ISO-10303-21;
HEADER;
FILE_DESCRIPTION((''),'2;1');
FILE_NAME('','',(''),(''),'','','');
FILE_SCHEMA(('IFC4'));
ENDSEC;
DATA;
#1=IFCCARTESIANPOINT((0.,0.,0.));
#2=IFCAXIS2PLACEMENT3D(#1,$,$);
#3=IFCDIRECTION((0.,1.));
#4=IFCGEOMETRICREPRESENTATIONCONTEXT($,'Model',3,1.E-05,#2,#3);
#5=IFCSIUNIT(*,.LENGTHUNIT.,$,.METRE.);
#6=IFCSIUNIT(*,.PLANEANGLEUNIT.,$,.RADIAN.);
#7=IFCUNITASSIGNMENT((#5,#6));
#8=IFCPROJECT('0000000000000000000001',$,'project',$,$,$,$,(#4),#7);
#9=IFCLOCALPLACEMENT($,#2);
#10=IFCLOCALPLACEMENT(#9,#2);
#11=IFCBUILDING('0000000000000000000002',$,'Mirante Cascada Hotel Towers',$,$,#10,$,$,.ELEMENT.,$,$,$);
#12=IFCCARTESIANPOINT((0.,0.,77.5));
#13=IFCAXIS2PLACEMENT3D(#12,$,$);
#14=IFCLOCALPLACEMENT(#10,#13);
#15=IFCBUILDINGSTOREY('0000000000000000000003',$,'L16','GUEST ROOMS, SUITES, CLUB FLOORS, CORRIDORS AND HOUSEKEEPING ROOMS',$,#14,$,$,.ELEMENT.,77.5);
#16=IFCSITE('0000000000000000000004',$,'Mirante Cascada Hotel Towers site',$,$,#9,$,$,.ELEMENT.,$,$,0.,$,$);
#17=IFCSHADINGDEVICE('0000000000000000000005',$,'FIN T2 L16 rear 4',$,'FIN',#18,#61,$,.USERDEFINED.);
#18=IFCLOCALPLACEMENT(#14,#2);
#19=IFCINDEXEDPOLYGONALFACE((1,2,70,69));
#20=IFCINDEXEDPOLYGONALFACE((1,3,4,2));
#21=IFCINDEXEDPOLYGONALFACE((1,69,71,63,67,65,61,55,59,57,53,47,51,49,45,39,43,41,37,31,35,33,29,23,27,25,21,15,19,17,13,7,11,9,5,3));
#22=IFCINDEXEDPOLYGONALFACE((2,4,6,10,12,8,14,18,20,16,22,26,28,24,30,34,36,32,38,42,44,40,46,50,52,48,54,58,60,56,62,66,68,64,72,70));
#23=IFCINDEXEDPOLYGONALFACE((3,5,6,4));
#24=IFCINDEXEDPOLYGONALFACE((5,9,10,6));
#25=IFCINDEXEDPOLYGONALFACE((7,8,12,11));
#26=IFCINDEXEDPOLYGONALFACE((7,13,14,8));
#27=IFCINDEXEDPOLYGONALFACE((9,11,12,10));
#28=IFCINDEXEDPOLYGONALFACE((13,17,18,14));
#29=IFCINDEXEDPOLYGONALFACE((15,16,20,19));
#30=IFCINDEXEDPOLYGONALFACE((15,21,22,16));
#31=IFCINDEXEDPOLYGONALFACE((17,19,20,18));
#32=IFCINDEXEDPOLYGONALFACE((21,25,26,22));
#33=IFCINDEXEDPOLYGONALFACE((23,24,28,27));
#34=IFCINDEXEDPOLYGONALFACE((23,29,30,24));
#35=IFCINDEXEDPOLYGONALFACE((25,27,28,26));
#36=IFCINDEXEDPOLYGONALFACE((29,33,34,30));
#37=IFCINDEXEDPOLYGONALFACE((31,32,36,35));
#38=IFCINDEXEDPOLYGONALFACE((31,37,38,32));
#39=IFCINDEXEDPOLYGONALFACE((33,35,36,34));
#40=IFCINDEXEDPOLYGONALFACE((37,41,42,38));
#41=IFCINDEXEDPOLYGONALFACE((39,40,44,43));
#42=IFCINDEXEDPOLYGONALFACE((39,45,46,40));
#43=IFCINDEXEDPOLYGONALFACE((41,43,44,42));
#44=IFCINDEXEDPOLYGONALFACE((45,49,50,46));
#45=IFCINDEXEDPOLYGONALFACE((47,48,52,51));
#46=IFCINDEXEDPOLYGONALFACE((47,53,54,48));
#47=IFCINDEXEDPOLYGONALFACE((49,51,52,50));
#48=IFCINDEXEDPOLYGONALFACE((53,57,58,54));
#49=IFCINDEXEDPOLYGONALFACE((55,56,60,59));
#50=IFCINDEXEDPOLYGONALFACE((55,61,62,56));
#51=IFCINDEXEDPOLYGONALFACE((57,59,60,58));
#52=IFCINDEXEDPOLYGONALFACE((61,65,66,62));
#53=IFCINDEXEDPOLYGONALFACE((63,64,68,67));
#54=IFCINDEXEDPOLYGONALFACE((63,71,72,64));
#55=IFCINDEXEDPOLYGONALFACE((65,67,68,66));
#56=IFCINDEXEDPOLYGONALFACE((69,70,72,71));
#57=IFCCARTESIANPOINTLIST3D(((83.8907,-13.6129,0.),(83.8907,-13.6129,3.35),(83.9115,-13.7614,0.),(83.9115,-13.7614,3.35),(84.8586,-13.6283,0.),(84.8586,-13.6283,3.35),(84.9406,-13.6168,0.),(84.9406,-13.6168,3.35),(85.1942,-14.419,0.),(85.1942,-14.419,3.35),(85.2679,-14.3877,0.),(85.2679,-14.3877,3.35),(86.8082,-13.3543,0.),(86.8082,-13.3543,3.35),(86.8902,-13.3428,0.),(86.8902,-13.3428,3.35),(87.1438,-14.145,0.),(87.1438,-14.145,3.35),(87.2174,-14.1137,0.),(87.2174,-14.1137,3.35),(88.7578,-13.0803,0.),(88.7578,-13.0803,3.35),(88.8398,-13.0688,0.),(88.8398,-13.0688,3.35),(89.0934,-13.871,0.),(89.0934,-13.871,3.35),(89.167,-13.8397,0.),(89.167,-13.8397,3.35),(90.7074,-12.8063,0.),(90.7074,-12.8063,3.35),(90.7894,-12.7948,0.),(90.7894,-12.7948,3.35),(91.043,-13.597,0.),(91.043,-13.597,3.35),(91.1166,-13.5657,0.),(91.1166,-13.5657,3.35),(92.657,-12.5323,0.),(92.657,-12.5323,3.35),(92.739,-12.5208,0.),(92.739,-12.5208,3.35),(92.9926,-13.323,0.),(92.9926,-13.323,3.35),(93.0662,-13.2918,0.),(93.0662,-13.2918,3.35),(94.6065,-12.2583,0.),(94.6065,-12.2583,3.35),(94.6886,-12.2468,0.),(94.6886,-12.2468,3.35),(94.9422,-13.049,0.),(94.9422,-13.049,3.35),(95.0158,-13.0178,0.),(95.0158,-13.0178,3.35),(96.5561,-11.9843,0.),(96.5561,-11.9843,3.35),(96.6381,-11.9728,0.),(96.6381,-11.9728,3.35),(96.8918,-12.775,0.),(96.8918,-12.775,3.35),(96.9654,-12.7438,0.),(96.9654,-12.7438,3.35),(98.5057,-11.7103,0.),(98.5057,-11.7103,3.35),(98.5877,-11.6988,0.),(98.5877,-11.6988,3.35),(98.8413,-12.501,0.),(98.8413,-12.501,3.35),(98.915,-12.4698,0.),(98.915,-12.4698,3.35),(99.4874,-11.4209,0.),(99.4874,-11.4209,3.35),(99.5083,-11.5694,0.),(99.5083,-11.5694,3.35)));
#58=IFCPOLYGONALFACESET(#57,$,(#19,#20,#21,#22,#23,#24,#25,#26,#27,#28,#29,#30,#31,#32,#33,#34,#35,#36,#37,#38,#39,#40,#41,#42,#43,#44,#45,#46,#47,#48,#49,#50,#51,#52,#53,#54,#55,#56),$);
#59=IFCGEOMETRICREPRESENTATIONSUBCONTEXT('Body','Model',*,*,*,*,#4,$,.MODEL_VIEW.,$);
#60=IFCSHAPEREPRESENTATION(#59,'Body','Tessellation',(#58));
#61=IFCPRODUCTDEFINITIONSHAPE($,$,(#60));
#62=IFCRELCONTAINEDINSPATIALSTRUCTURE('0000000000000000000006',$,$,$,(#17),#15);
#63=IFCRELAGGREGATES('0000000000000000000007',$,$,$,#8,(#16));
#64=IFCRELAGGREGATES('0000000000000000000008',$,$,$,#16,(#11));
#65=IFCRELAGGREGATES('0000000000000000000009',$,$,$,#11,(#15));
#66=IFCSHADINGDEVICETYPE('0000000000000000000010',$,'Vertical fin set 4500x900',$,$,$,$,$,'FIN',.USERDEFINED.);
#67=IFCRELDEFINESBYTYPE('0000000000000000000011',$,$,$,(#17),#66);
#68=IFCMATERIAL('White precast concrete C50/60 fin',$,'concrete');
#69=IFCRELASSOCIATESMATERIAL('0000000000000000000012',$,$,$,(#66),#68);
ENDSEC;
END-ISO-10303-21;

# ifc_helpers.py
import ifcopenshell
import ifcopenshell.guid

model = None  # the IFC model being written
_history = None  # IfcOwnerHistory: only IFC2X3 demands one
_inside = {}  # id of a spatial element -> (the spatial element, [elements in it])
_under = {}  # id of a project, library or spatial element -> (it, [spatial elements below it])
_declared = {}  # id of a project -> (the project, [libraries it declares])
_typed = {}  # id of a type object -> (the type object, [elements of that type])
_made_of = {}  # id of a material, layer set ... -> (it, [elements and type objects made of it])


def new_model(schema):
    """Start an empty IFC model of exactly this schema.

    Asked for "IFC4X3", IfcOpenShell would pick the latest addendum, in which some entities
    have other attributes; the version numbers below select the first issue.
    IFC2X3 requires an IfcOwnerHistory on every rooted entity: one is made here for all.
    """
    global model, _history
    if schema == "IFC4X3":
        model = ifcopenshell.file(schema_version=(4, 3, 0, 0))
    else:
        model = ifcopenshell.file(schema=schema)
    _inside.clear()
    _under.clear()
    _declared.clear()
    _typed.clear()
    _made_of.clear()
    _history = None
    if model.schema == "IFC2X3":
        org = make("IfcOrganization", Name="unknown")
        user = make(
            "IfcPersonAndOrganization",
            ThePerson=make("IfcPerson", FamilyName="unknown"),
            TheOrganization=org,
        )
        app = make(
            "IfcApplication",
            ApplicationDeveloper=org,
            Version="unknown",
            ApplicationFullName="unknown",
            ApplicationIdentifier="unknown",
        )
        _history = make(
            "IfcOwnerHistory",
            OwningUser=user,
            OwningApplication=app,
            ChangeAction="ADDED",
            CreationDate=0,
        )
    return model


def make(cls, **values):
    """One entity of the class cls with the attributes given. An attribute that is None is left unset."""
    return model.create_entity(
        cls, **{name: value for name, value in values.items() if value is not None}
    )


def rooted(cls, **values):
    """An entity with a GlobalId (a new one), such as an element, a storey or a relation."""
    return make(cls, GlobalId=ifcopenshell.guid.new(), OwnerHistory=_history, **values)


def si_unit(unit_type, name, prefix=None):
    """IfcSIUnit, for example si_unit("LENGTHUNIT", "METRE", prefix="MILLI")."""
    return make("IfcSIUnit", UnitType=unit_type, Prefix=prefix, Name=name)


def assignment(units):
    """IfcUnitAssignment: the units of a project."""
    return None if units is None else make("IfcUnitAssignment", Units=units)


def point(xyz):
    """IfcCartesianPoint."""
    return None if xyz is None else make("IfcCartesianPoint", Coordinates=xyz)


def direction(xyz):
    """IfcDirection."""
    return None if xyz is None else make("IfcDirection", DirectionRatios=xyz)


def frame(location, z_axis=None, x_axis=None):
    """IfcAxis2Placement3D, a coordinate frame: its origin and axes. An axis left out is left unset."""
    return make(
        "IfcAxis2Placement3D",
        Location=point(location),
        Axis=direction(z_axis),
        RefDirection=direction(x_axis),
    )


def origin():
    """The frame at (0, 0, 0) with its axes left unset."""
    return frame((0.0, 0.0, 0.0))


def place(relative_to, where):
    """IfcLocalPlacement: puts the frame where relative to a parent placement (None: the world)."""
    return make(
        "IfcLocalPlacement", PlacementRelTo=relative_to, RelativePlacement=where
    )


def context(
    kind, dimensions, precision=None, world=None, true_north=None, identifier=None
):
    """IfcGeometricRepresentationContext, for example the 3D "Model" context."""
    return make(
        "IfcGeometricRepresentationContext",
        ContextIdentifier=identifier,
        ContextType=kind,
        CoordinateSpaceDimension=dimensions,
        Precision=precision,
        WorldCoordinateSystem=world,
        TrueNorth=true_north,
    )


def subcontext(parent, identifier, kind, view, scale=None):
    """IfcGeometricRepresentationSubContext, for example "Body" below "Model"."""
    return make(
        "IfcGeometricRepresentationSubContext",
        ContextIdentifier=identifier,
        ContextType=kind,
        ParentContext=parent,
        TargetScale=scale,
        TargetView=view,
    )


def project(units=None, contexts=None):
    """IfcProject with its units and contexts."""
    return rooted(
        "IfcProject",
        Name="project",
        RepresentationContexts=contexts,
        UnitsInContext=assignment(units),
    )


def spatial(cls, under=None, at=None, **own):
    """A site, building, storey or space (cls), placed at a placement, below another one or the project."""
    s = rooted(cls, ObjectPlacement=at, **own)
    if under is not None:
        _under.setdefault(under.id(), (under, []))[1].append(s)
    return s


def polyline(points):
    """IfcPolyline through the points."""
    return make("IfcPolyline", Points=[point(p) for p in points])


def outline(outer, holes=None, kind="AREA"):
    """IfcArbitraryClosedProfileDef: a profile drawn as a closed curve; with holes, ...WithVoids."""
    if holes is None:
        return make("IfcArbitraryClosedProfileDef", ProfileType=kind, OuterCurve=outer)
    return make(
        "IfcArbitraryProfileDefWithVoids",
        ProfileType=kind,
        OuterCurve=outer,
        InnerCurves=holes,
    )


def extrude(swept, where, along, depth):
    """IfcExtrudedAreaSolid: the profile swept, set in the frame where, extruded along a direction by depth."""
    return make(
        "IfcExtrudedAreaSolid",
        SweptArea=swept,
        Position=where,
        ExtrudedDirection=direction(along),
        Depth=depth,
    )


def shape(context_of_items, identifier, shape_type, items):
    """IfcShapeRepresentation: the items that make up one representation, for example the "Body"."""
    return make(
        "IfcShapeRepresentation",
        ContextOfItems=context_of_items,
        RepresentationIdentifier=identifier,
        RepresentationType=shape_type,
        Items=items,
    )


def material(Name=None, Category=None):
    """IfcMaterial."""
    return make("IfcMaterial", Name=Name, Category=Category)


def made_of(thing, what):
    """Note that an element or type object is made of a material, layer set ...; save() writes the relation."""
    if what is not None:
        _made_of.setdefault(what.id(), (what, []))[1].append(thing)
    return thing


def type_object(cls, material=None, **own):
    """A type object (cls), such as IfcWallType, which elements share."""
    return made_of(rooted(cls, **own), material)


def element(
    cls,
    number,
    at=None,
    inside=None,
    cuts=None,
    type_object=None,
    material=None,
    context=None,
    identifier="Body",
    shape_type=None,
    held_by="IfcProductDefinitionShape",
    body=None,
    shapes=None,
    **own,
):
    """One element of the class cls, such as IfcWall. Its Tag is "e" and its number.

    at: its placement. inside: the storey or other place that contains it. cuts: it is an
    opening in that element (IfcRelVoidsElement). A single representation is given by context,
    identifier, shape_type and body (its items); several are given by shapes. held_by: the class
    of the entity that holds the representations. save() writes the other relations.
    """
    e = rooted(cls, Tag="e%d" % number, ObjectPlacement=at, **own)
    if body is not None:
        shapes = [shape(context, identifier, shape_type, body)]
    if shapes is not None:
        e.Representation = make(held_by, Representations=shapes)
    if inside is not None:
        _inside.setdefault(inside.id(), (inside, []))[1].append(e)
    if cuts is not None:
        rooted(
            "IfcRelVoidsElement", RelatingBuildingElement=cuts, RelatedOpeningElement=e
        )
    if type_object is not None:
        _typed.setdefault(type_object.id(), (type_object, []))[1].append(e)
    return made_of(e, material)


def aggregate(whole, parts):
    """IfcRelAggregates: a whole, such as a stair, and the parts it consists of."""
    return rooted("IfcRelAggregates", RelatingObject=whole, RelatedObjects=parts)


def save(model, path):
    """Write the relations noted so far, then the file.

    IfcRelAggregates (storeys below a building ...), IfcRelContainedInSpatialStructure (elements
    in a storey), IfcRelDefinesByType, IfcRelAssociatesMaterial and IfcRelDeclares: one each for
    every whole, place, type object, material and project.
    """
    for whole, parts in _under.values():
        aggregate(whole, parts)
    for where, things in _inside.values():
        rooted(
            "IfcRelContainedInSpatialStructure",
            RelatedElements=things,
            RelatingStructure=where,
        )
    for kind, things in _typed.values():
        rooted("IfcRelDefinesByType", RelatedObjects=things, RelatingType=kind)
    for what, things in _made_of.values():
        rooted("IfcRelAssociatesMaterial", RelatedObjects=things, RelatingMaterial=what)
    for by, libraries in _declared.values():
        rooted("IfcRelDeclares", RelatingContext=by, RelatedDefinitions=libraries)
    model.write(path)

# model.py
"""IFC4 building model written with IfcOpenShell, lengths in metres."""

from ifc_helpers import new_model, si_unit, direction, frame, origin, place, context, subcontext, project, spatial, polyline, outline, extrude, material, type_object, element, save


model = new_model("IFC4")

# Units and contexts
model_context = context("Model", 3, precision=1e-05, world=origin(), true_north=direction((0.0, 1.0)))
body_context = subcontext(model_context, "Body", "Model", "MODEL_VIEW")
ifc_project = project(units=[si_unit("LENGTHUNIT", "METRE"), si_unit("PLANEANGLEUNIT", "RADIAN")], contexts=[model_context])

# Site, building, storey
site_placement = place(None, origin())
site = spatial("IfcSite", under=ifc_project, at=site_placement, Name="Mirante Cascada Hotel Towers site", CompositionType="ELEMENT", RefElevation=0.0)
building_placement = place(site_placement, origin())
building = spatial("IfcBuilding", under=site, at=building_placement, Name="Mirante Cascada Hotel Towers", CompositionType="ELEMENT")
storey_placement = place(building_placement, frame((0.0, 0.0, 77.5)))
storey = spatial("IfcBuildingStorey", under=building, at=storey_placement, Name="L16", Description="GUEST ROOMS, SUITES, CLUB FLOORS, CORRIDORS AND HOUSEKEEPING ROOMS", CompositionType="ELEMENT", Elevation=77.5)

# Shading device
ifc_material_1 = material(Name="White precast concrete C50/60 fin", Category="concrete")
shading_device_type = type_object("IfcShadingDeviceType", Name="Vertical fin set 4500x900", ElementType="FIN", PredefinedType="USERDEFINED", material=ifc_material_1)
shading_device_1_placement = place(storey_placement, origin())
element("IfcShadingDevice", 1, at=shading_device_1_placement, inside=storey, type_object=shading_device_type, Name="FIN T2 L16 rear 4", ObjectType="FIN", PredefinedType="USERDEFINED", context=body_context, shape_type="SweptSolid", body=[
    extrude(outline(polyline([(85.1942, -14.419), (84.8586, -13.6283), (83.9115, -13.7614), (83.8907, -13.6129), (99.4874, -11.4209), (99.5083, -11.5694), (98.5877, -11.6988), (98.915, -12.4698), (98.8413, -12.501), (98.5057, -11.7103), (96.6381, -11.9728), (96.9654, -12.7438), (96.8918, -12.775), (96.5561, -11.9843), (94.6886, -12.2468), (95.0158, -13.0178), (94.9422, -13.049), (94.6065, -12.2583), (92.739, -12.5208), (93.0662, -13.2918), (92.9926, -13.323), (92.657, -12.5323), (90.7894, -12.7948), (91.1166, -13.5657), (91.043, -13.597), (90.7074, -12.8063), (88.8398, -13.0688), (89.167, -13.8397), (89.0934, -13.871), (88.7578, -13.0803), (86.8902, -13.3428), (87.2174, -14.1137), (87.1438, -14.145), (86.8082, -13.3543), (84.9406, -13.6168), (85.2679, -14.3877), (85.1942, -14.419)])), origin(), (0.0, 0.0, 1.0), 3.35),
])

save(model, "model.ifc")
